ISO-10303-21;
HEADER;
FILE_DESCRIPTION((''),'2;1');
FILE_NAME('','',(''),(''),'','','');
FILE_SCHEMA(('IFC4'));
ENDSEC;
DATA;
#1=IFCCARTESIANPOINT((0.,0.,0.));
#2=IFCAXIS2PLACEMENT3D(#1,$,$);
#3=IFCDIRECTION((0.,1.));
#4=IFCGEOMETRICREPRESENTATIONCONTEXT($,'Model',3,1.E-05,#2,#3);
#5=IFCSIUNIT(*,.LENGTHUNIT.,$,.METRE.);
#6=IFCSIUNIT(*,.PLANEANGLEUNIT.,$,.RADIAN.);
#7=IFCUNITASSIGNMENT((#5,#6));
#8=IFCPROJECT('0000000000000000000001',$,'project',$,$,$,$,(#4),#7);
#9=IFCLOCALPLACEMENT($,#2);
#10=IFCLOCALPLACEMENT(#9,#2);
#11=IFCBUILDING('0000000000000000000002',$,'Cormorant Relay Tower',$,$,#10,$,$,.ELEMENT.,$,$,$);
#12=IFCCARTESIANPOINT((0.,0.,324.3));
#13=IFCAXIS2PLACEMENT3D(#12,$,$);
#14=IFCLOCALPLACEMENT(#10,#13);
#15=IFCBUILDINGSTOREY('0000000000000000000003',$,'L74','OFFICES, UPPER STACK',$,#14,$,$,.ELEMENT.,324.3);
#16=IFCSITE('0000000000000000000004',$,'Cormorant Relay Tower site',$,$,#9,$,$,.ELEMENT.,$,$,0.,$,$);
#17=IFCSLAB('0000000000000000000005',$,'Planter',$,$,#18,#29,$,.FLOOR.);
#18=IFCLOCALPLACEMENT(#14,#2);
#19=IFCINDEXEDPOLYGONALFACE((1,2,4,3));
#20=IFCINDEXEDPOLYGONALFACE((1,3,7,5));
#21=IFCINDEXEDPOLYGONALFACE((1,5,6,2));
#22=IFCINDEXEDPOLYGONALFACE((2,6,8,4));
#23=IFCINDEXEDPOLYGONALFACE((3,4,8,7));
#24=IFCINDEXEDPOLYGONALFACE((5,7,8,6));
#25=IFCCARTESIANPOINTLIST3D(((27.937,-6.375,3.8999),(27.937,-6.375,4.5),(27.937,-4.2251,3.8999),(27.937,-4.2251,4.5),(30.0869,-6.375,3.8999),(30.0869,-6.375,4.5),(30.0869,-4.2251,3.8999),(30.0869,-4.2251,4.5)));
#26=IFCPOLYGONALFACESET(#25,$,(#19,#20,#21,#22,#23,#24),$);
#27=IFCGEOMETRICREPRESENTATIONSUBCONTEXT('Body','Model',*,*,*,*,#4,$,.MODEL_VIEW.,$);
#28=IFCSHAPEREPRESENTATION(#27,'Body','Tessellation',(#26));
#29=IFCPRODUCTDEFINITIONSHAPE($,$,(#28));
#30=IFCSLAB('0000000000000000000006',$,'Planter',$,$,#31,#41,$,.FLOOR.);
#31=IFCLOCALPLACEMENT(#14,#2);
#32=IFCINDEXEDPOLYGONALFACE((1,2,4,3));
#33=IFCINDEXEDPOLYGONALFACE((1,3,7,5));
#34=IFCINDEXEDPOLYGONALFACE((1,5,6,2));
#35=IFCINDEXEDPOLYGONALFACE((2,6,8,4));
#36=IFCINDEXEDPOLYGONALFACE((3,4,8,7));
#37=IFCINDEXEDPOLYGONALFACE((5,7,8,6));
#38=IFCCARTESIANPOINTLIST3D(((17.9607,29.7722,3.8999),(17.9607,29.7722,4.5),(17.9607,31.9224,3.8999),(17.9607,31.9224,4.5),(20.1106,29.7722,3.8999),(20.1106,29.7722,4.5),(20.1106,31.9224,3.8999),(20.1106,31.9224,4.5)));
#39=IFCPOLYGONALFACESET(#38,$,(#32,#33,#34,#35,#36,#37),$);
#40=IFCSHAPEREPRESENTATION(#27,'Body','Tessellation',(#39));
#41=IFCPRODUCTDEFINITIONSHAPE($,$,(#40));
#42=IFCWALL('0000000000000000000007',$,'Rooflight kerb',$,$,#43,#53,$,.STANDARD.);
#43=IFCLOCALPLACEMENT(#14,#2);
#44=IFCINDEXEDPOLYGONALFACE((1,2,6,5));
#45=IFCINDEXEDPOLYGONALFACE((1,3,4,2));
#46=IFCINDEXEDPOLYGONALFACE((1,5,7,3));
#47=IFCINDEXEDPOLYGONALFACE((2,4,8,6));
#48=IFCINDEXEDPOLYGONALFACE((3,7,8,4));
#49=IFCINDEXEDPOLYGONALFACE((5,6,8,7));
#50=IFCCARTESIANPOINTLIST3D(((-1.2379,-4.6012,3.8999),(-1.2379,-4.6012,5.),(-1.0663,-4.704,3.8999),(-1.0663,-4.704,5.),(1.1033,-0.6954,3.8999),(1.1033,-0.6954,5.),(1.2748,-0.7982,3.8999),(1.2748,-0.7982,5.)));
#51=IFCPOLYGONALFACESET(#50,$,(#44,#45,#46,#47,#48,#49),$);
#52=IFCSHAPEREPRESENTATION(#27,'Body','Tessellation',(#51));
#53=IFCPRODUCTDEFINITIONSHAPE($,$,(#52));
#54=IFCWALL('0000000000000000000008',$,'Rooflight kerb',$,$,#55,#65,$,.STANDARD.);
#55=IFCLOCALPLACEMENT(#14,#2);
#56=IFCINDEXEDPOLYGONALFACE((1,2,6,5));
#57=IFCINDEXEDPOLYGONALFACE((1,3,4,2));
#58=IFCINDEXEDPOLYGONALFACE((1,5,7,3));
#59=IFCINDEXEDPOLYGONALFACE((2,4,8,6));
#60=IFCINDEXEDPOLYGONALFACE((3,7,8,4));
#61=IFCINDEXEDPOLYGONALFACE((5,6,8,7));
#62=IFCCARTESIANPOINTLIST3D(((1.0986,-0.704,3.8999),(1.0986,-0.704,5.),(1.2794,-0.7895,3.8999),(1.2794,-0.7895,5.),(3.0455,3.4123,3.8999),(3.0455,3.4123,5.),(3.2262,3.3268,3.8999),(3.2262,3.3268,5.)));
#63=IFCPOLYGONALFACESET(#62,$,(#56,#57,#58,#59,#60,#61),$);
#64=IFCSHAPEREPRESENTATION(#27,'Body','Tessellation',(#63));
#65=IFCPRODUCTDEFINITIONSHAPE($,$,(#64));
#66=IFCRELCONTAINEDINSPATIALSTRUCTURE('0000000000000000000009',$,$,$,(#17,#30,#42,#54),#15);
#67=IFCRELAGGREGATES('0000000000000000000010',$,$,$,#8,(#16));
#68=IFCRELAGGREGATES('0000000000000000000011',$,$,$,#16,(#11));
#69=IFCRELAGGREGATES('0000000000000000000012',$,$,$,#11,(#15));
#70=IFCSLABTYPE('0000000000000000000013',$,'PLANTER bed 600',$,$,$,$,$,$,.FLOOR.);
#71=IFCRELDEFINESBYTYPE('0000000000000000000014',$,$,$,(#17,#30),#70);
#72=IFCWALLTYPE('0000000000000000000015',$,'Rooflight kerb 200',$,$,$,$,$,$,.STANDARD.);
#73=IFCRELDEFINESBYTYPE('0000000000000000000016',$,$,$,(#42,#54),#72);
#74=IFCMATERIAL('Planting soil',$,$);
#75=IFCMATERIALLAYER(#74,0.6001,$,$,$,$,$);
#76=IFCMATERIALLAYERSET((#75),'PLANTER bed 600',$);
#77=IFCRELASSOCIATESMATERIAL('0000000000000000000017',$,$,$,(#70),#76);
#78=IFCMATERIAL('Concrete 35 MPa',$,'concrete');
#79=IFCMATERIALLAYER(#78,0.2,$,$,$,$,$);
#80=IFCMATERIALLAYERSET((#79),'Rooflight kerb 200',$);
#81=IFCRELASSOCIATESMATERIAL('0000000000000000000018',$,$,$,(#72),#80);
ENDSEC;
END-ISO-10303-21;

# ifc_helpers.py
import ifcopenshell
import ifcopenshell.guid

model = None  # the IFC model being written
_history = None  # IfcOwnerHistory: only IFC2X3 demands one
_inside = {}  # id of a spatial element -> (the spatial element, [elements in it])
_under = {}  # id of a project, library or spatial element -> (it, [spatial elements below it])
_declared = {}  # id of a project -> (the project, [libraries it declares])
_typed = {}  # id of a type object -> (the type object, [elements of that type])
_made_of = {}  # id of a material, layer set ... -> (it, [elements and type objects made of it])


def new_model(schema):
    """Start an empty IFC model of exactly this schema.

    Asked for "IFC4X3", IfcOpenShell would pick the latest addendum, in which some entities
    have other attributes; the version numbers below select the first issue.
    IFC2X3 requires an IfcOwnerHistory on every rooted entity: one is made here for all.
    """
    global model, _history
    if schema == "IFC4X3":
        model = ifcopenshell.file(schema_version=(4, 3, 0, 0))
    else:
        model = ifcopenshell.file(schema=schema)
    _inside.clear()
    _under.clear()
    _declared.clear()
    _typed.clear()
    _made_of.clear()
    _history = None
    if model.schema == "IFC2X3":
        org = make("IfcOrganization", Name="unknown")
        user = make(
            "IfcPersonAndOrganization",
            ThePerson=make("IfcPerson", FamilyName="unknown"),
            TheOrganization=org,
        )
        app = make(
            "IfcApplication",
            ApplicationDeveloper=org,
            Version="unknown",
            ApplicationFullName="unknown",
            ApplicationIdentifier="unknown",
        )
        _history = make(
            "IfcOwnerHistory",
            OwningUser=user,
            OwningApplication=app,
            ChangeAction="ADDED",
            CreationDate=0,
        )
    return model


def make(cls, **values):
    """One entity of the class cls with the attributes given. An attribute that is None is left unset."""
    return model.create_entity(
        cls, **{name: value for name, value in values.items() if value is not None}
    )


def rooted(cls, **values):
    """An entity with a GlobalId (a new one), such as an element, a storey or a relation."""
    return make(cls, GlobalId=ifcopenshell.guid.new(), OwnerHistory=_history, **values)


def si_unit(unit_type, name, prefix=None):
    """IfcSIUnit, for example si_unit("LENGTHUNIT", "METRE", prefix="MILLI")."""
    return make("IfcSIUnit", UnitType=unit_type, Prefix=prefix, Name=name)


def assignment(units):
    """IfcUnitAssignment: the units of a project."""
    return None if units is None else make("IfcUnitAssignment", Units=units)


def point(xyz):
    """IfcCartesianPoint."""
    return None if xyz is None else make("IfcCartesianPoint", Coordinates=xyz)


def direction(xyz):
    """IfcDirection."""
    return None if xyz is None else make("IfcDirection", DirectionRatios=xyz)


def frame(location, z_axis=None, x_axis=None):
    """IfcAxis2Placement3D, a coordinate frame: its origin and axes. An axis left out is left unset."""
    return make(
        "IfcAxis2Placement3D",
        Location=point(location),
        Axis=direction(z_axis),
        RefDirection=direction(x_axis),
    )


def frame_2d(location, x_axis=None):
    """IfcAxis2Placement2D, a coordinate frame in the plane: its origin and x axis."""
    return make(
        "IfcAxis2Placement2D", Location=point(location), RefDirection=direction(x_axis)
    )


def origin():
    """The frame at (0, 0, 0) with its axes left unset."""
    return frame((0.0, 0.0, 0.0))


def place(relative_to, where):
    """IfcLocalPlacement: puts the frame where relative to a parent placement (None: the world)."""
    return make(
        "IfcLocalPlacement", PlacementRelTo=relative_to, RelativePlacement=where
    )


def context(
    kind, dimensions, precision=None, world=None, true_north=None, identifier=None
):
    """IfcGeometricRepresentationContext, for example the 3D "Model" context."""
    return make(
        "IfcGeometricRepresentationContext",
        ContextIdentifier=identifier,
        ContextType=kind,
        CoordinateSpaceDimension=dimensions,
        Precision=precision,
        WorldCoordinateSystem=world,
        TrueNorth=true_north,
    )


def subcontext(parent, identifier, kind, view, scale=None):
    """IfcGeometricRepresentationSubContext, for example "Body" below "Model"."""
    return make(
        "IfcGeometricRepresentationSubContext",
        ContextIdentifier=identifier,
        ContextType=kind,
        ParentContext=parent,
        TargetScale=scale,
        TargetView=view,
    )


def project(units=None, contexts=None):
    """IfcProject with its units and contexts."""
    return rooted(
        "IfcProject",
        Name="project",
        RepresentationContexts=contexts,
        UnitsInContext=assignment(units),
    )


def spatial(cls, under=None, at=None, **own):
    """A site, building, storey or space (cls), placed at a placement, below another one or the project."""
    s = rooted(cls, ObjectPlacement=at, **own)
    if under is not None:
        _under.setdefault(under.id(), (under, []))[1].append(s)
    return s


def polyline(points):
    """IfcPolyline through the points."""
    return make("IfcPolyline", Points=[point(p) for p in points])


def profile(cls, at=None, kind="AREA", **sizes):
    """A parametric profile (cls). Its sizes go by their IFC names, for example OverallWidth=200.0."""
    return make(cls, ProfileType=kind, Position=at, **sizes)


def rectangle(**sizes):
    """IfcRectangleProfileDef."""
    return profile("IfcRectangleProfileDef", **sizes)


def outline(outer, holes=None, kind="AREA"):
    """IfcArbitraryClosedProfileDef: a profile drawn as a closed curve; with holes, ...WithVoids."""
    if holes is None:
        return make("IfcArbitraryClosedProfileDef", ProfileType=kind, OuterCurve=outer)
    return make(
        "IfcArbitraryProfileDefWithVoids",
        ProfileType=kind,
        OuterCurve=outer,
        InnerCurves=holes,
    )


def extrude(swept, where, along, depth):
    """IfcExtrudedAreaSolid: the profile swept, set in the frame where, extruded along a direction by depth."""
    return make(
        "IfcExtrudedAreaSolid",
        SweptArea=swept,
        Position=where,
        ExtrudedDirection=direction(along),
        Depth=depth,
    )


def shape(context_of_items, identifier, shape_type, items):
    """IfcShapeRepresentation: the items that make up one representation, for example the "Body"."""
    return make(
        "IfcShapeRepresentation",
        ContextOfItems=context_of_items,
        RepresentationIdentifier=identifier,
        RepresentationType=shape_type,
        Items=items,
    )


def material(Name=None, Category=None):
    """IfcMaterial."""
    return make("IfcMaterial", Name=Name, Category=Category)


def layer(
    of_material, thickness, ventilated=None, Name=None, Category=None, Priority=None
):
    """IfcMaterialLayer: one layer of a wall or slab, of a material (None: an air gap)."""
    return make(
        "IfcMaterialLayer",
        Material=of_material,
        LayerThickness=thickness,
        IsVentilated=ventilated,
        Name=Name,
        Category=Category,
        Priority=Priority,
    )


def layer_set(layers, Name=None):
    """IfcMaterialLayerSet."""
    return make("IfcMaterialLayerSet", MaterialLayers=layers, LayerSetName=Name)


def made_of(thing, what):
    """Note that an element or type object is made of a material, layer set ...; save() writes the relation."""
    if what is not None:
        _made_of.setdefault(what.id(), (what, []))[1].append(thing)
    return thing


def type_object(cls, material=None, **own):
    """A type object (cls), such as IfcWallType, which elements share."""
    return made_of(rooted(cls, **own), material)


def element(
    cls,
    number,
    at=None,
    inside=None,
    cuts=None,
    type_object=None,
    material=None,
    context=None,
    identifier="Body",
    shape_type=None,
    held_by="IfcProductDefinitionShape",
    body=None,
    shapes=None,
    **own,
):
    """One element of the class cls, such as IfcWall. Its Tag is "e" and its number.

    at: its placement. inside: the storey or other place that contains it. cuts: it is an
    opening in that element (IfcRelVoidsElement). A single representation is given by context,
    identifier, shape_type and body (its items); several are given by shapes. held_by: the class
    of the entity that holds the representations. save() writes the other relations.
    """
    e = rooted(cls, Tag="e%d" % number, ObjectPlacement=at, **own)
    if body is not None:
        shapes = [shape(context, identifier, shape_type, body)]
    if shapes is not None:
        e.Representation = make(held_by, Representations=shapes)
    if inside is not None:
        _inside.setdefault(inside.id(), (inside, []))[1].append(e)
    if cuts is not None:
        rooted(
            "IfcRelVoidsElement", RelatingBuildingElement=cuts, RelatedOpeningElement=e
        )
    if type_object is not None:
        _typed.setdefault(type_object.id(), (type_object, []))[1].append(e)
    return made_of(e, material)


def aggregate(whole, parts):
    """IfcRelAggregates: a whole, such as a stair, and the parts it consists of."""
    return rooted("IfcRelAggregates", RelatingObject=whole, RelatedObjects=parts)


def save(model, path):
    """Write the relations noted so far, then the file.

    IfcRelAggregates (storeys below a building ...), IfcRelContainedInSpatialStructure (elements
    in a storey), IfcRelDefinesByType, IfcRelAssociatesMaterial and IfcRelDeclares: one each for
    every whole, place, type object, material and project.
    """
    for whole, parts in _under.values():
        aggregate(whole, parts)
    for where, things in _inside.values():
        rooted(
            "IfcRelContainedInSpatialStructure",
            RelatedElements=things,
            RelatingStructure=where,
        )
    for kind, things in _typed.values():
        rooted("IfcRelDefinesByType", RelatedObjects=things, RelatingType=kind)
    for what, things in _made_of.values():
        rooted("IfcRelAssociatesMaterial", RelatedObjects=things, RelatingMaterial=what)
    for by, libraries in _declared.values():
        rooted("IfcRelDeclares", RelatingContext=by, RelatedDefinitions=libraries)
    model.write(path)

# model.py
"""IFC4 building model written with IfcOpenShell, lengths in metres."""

from ifc_helpers import new_model, si_unit, direction, frame, frame_2d, origin, place, context, subcontext, project, spatial, polyline, rectangle, outline, extrude, material, layer, layer_set, type_object, element, save


model = new_model("IFC4")

# Units and contexts
model_context = context("Model", 3, precision=1e-05, world=origin(), true_north=direction((0.0, 1.0)))
body_context = subcontext(model_context, "Body", "Model", "MODEL_VIEW")
ifc_project = project(units=[si_unit("LENGTHUNIT", "METRE"), si_unit("PLANEANGLEUNIT", "RADIAN")], contexts=[model_context])

# Site, building, storey
site_placement = place(None, origin())
site = spatial("IfcSite", under=ifc_project, at=site_placement, Name="Cormorant Relay Tower site", CompositionType="ELEMENT", RefElevation=0.0)
building_placement = place(site_placement, origin())
building = spatial("IfcBuilding", under=site, at=building_placement, Name="Cormorant Relay Tower", CompositionType="ELEMENT")
storey_placement = place(building_placement, frame((0.0, 0.0, 324.3)))
storey = spatial("IfcBuildingStorey", under=building, at=storey_placement, Name="L74", Description="OFFICES, UPPER STACK", CompositionType="ELEMENT", Elevation=324.3)

# Slabs
ifc_material_1 = material(Name="Planting soil")
ifc_layer_1 = layer(ifc_material_1, 0.6001)
ifc_layer_set_1 = layer_set([ifc_layer_1], Name="PLANTER bed 600")
slab_type_1 = type_object("IfcSlabType", Name="PLANTER bed 600", PredefinedType="FLOOR", material=ifc_layer_set_1)
slab_1_placement = place(storey_placement, frame((0.0, 0.0, 3.8999)))
element("IfcSlab", 1, at=slab_1_placement, inside=storey, type_object=slab_type_1, Name="Planter", PredefinedType="FLOOR", context=body_context, shape_type="SweptSolid", body=[
    extrude(outline(polyline([(27.937, -6.375), (30.0869, -6.375), (30.0869, -4.2251), (27.937, -4.2251), (27.937, -6.375)])), origin(), (0.0, 0.0, 1.0), 0.6001),
])
slab_2_placement = place(storey_placement, frame((0.0, 0.0, 3.8999)))
element("IfcSlab", 2, at=slab_2_placement, inside=storey, type_object=slab_type_1, Name="Planter", PredefinedType="FLOOR", context=body_context, shape_type="SweptSolid", body=[
    extrude(outline(polyline([(17.9607, 29.7722), (20.1106, 29.7722), (20.1106, 31.9224), (17.9607, 31.9224), (17.9607, 29.7722)])), origin(), (0.0, 0.0, 1.0), 0.6001),
])

# Walls
ifc_material_2 = material(Name="Concrete 35 MPa", Category="concrete")
ifc_layer_2 = layer(ifc_material_2, 0.2)
ifc_layer_set_2 = layer_set([ifc_layer_2], Name="Rooflight kerb 200")
wall_type = type_object("IfcWallType", Name="Rooflight kerb 200", PredefinedType="STANDARD", material=ifc_layer_set_2)
wall_1_placement = place(storey_placement, frame((-1.1521, -4.6526, 3.8999), z_axis=(0.0, 0.0, 1.0), x_axis=(0.514109, 0.857725, 0.0)))
element("IfcWall", 3, at=wall_1_placement, inside=storey, type_object=wall_type, Name="Rooflight kerb", PredefinedType="STANDARD", context=body_context, shape_type="SweptSolid", body=[
    extrude(rectangle(XDim=4.5537, YDim=0.2, at=frame_2d((2.2769, 0.0))), origin(), (0.0, 0.0, 1.0), 1.1001),
])
wall_2_placement = place(storey_placement, frame((1.189, -0.7468, 3.8999), z_axis=(0.0, 0.0, 1.0), x_axis=(0.427547, 0.903993, 0.0)))
element("IfcWall", 4, at=wall_2_placement, inside=storey, type_object=wall_type, Name="Rooflight kerb", PredefinedType="STANDARD", context=body_context, shape_type="SweptSolid", body=[
    extrude(rectangle(XDim=4.5535, YDim=0.2, at=frame_2d((2.2769, 0.0))), origin(), (0.0, 0.0, 1.0), 1.1001),
])

save(model, "model.ifc")
